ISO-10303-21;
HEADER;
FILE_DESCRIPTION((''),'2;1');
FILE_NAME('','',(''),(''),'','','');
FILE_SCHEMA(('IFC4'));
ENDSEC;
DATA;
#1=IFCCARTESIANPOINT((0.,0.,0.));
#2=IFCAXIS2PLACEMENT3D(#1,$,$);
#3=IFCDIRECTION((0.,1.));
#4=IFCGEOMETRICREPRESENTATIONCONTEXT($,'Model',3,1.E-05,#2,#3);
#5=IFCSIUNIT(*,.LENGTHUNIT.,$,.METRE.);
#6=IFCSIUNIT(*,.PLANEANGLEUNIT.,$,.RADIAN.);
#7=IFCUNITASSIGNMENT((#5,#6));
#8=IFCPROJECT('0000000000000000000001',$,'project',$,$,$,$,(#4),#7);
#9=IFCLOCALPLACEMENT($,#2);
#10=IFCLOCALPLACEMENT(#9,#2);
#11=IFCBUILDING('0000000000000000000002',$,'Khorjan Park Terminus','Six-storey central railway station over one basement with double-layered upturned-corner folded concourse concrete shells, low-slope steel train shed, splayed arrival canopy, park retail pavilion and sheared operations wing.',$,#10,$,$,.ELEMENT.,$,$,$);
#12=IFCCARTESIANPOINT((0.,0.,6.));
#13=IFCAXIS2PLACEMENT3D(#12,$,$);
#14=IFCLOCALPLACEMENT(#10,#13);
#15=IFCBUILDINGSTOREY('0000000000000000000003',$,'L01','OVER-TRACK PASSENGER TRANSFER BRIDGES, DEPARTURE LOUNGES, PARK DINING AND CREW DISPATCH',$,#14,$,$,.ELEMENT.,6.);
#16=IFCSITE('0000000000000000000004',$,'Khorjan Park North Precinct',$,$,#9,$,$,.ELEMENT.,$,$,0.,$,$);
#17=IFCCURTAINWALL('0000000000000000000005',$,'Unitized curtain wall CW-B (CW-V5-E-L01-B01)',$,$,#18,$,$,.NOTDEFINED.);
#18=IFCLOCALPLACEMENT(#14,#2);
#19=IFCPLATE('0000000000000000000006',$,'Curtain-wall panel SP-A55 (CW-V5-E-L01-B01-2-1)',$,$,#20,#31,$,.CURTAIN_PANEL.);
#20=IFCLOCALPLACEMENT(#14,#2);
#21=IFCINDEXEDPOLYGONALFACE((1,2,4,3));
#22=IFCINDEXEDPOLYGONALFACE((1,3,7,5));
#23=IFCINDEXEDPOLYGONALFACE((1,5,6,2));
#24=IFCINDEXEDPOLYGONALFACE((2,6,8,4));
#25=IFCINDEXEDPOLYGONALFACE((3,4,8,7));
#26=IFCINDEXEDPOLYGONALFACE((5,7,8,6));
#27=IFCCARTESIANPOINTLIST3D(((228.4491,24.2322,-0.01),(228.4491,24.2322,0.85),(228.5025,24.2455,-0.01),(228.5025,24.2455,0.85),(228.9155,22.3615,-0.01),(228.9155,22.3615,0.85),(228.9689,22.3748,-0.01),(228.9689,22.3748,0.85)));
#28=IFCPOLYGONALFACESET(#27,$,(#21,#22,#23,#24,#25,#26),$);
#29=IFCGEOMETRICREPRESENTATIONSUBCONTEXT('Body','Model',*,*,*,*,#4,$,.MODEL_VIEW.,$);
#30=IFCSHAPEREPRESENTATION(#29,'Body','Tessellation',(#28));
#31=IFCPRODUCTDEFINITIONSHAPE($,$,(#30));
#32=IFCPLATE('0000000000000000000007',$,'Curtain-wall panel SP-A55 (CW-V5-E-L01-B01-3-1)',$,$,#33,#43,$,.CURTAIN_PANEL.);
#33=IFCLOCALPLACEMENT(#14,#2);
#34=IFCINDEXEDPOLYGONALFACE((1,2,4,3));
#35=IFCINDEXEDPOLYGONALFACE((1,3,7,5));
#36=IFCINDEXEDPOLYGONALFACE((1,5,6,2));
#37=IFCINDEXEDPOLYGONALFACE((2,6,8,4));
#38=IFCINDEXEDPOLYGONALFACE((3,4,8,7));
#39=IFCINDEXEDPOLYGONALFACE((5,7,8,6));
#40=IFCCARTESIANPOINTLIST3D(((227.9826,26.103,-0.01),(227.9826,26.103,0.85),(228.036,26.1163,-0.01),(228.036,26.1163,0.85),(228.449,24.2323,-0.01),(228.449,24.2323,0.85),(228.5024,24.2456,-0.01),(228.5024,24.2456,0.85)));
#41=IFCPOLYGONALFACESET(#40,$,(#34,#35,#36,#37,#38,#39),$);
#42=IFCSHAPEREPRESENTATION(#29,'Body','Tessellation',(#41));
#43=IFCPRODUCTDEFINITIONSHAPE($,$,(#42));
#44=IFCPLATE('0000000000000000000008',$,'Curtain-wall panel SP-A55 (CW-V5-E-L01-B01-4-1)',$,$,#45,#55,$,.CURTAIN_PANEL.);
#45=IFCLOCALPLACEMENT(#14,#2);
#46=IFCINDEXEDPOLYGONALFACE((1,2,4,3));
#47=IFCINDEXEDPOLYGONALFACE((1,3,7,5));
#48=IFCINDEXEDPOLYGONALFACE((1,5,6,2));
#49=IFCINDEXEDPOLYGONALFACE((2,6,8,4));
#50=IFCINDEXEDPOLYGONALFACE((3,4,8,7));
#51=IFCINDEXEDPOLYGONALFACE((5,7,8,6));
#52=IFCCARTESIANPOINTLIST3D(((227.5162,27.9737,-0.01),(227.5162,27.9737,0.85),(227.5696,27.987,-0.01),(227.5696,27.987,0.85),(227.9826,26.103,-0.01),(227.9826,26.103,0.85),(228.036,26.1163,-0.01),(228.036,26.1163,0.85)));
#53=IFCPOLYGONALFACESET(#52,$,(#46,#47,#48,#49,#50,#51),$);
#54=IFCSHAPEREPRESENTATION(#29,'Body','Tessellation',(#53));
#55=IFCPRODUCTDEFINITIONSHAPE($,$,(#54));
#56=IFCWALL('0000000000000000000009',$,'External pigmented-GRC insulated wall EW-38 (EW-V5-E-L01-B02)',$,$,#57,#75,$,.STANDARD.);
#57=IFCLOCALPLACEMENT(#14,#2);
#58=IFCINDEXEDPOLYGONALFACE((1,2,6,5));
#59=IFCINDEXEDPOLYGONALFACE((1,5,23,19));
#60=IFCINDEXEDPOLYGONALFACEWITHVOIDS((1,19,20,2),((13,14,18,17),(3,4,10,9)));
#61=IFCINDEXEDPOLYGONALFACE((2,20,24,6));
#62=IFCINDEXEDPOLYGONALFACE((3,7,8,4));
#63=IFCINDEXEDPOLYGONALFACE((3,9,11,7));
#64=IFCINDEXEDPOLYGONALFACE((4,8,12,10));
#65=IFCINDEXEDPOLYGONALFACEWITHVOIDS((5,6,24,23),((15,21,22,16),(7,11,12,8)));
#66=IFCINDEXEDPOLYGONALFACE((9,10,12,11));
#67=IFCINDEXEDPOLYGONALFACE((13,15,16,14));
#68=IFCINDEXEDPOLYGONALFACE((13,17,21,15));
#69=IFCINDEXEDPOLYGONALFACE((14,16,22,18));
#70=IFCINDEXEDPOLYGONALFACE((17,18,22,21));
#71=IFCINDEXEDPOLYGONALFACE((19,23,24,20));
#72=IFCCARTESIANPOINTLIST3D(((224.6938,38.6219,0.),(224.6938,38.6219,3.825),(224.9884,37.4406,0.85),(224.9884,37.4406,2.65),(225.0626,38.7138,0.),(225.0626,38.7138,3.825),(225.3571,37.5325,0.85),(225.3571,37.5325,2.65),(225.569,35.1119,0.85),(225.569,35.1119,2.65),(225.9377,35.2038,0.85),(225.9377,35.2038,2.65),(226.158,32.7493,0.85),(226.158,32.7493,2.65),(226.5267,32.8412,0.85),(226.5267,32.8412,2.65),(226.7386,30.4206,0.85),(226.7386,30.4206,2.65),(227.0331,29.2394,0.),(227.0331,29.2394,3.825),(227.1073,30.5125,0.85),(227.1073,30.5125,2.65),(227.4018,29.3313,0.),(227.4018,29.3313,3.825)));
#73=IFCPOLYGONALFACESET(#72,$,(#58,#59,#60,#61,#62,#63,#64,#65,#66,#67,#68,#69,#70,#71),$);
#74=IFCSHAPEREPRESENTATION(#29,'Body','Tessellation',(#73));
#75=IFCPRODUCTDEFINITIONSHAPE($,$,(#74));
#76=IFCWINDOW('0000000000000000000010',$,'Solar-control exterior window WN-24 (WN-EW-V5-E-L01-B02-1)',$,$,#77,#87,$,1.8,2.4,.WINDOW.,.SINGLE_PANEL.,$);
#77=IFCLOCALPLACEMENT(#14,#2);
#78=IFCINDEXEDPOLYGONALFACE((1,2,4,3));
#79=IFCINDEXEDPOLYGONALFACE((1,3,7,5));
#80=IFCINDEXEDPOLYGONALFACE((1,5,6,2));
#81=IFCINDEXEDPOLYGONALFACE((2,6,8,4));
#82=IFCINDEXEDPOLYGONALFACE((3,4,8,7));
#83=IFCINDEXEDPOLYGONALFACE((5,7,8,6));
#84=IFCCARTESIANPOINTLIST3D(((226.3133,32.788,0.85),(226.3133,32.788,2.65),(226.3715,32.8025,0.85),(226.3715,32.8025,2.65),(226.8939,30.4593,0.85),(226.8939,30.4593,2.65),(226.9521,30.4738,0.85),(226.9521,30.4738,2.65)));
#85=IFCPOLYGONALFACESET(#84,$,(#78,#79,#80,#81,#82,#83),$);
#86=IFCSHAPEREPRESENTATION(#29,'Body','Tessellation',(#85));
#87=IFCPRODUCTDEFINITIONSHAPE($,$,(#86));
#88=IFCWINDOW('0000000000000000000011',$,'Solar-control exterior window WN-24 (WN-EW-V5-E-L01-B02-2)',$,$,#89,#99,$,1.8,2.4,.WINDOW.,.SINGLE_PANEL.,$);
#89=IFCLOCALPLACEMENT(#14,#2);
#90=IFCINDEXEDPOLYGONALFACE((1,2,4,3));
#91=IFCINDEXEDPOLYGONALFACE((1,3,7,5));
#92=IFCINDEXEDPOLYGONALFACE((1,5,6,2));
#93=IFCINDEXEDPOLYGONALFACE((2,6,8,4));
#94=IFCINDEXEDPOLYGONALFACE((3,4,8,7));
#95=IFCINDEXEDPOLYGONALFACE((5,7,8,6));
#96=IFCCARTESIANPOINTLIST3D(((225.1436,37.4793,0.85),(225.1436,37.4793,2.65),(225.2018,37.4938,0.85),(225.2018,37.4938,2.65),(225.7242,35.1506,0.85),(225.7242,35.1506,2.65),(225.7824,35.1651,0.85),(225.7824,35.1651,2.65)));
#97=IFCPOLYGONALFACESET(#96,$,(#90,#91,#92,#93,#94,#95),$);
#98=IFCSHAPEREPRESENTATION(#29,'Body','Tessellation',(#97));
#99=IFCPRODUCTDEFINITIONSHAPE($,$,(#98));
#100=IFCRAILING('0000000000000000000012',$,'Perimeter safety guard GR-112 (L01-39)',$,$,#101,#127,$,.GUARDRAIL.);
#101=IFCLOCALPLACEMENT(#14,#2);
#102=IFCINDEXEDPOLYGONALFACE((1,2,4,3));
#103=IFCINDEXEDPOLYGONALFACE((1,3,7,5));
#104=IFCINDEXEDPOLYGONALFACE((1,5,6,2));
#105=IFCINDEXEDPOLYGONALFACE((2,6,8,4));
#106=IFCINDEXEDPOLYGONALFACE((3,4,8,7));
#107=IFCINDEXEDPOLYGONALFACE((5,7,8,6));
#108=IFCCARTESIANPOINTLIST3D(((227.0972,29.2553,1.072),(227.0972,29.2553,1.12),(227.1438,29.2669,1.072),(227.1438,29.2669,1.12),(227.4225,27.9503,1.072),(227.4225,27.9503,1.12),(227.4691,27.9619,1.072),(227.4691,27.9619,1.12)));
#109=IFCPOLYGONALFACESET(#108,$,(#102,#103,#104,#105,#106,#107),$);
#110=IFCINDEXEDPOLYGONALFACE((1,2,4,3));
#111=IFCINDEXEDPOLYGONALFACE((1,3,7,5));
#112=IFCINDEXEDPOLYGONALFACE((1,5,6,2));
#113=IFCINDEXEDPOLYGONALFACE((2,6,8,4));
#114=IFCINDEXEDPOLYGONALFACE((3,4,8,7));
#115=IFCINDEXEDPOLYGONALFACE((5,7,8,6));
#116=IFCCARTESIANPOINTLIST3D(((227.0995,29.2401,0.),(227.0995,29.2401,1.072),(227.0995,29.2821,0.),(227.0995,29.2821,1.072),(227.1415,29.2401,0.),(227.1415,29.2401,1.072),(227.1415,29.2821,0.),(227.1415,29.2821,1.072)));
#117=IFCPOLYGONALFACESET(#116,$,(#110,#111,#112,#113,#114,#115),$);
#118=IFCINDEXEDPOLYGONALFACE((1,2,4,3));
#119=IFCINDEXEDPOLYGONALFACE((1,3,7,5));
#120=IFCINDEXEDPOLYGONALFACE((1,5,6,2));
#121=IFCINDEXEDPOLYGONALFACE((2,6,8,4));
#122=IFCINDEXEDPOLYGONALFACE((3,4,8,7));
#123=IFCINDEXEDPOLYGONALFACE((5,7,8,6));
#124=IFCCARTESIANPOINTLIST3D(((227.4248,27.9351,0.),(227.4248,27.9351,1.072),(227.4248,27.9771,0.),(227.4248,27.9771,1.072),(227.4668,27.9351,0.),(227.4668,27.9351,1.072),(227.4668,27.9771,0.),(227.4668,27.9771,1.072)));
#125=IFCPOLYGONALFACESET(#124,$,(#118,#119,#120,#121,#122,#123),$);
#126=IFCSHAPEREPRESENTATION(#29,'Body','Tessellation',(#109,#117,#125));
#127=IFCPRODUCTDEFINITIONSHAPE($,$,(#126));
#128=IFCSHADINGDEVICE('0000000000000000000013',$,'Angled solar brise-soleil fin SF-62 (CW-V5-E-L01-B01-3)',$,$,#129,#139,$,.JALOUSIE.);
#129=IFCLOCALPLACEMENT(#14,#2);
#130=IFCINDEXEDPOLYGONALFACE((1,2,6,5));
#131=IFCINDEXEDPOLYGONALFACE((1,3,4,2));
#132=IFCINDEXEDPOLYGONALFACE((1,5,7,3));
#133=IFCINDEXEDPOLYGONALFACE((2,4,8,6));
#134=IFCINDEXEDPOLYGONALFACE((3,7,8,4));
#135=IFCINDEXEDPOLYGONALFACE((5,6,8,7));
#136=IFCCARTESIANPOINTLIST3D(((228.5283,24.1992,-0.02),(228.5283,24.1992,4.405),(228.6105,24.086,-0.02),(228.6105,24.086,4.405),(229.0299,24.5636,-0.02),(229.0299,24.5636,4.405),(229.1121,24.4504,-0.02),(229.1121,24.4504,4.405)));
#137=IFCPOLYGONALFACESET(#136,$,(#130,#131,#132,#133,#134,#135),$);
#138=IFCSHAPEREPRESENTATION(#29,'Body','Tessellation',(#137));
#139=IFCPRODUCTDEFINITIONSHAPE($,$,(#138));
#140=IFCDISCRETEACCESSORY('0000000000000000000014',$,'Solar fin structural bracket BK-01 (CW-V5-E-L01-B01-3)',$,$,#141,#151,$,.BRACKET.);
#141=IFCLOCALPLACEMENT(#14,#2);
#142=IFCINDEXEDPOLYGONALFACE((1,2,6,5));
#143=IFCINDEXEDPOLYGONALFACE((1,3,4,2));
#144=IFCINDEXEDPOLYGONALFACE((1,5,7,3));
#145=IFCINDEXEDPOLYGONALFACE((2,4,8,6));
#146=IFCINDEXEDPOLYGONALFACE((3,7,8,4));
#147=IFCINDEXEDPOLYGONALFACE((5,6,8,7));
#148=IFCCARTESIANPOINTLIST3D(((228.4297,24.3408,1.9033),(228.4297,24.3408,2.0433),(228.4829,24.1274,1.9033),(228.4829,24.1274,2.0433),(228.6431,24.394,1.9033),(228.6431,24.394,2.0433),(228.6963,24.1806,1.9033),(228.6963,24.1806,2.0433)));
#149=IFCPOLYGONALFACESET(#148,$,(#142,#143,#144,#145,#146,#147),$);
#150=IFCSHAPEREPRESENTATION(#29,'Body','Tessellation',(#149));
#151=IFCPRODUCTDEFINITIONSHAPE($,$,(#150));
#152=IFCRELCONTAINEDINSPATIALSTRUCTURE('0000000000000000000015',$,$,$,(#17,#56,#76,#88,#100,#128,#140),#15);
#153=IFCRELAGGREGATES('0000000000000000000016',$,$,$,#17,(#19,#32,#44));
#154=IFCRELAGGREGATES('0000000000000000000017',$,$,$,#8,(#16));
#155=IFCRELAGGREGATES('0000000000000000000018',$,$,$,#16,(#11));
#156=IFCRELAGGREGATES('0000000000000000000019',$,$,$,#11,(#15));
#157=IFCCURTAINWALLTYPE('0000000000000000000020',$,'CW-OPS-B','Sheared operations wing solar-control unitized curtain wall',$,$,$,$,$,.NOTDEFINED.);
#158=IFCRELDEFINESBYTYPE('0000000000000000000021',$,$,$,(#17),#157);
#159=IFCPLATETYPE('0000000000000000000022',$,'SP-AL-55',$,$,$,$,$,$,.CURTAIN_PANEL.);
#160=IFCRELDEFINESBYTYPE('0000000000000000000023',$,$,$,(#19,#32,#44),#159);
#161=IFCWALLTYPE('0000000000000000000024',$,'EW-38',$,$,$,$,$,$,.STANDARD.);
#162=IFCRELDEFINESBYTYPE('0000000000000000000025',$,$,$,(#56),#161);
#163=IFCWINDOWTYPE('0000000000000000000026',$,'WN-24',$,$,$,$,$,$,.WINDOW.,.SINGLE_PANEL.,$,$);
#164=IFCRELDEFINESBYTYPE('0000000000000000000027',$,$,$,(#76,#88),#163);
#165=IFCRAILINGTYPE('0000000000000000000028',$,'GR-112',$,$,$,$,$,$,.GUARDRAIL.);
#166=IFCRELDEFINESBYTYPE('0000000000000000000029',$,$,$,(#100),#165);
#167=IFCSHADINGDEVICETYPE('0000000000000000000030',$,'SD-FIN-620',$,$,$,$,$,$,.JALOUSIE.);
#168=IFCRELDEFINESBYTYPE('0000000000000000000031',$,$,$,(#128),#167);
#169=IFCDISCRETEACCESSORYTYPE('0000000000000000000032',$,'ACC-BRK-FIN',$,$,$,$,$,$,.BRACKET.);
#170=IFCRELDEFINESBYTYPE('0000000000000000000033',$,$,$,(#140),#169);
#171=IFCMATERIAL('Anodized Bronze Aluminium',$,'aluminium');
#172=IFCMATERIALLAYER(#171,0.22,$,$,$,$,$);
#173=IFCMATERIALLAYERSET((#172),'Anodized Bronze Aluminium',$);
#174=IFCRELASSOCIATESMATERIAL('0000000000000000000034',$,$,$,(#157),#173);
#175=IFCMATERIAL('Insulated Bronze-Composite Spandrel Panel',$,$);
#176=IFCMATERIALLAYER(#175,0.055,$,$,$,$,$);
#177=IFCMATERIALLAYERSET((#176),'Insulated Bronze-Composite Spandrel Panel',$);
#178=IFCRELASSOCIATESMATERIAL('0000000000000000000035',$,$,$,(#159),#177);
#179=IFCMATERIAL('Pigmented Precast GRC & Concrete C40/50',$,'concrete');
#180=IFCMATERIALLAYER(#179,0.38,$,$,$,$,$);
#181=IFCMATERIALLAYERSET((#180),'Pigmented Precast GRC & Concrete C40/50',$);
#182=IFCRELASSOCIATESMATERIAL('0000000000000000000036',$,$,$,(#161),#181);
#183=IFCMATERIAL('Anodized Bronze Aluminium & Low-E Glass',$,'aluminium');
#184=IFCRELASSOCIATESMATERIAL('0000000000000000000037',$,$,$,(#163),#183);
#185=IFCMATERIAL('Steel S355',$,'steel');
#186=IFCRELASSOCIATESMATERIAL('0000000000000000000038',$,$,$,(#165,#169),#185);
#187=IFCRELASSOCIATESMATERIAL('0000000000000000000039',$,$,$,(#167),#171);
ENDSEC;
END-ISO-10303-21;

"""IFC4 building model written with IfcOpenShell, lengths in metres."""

from ifc_helpers import new_model, si_unit, direction, frame, frame_2d, origin, origin_2d, place, context, subcontext, project, spatial, rectangle, extrude, material, layer, layer_set, type_object, element, fill, aggregate, save


model = new_model("IFC4")

# Units and contexts
model_context = context("Model", 3, precision=1e-05, world=origin(), true_north=direction((0.0, 1.0)))
body_context = subcontext(model_context, "Body", "Model", "MODEL_VIEW")
ifc_project = project(units=[si_unit("LENGTHUNIT", "METRE"), si_unit("PLANEANGLEUNIT", "RADIAN")], contexts=[model_context])

# Site, building, storey
site_placement = place(None, origin())
site = spatial("IfcSite", under=ifc_project, at=site_placement, Name="Khorjan Park North Precinct", CompositionType="ELEMENT", RefElevation=0.0)
building_placement = place(site_placement, origin())
building = spatial("IfcBuilding", under=site, at=building_placement, Name="Khorjan Park Terminus", Description="Six-storey central railway station over one basement with double-layered upturned-corner folded concourse concrete shells, low-slope steel train shed, splayed arrival canopy, park retail pavilion and sheared operations wing.", CompositionType="ELEMENT")
storey_placement = place(building_placement, frame((0.0, 0.0, 6.0)))
storey = spatial("IfcBuildingStorey", under=building, at=storey_placement, Name="L01", Description="OVER-TRACK PASSENGER TRANSFER BRIDGES, DEPARTURE LOUNGES, PARK DINING AND CREW DISPATCH", CompositionType="ELEMENT", Elevation=6.0)

# Shared definitions
ifc_material_1 = material(Name="Steel S355", Category="steel")

# Curtain wall, plates
ifc_material_2 = material(Name="Anodized Bronze Aluminium", Category="aluminium")
ifc_layer_1 = layer(ifc_material_2, 0.22)
ifc_layer_set_1 = layer_set([ifc_layer_1], Name="Anodized Bronze Aluminium")
curtain_wall_type = type_object("IfcCurtainWallType", Name="CW-OPS-B", Description="Sheared operations wing solar-control unitized curtain wall", PredefinedType="NOTDEFINED", material=ifc_layer_set_1)
curtain_wall_placement = place(storey_placement, origin())
curtain_wall = element("IfcCurtainWall", 1, at=curtain_wall_placement, inside=storey, type_object=curtain_wall_type, Name="Unitized curtain wall CW-B (CW-V5-E-L01-B01)", PredefinedType="NOTDEFINED")
ifc_material_3 = material(Name="Insulated Bronze-Composite Spandrel Panel")
ifc_layer_2 = layer(ifc_material_3, 0.055)
ifc_layer_set_2 = layer_set([ifc_layer_2], Name="Insulated Bronze-Composite Spandrel Panel")
plate_type_1 = type_object("IfcPlateType", Name="SP-AL-55", PredefinedType="CURTAIN_PANEL", material=ifc_layer_set_2)
plate_1_placement = place(storey_placement, frame((228.709, 23.3035, -0.01), z_axis=(0.0, 0.0, 1.0), x_axis=(-0.24192, 0.970296, 0.0)))
plate_1 = element("IfcPlate", 2, at=plate_1_placement, type_object=plate_type_1, Name="Curtain-wall panel SP-A55 (CW-V5-E-L01-B01-2-1)", PredefinedType="CURTAIN_PANEL", context=body_context, shape_type="SweptSolid", body=[
    extrude(rectangle(XDim=1.928, YDim=0.055, at=origin_2d()), origin(), (0.0, 0.0, 1.0), 0.86),
])
plate_2_placement = place(storey_placement, frame((228.2425, 25.1743, -0.01), z_axis=(0.0, 0.0, 1.0), x_axis=(-0.24192, 0.970296, 0.0)))
plate_2 = element("IfcPlate", 3, at=plate_2_placement, type_object=plate_type_1, Name="Curtain-wall panel SP-A55 (CW-V5-E-L01-B01-3-1)", PredefinedType="CURTAIN_PANEL", context=body_context, shape_type="SweptSolid", body=[
    extrude(rectangle(XDim=1.928, YDim=0.055, at=origin_2d()), origin(), (0.0, 0.0, 1.0), 0.86),
])
plate_3_placement = place(storey_placement, frame((227.7761, 27.045, -0.01), z_axis=(0.0, 0.0, 1.0), x_axis=(-0.24192, 0.970296, 0.0)))
plate_3 = element("IfcPlate", 4, at=plate_3_placement, type_object=plate_type_1, Name="Curtain-wall panel SP-A55 (CW-V5-E-L01-B01-4-1)", PredefinedType="CURTAIN_PANEL", context=body_context, shape_type="SweptSolid", body=[
    extrude(rectangle(XDim=1.928, YDim=0.055, at=origin_2d()), origin(), (0.0, 0.0, 1.0), 0.86),
])
aggregate(curtain_wall, [plate_1, plate_2, plate_3])

# Wall, openings, windows
ifc_material_4 = material(Name="Pigmented Precast GRC & Concrete C40/50", Category="concrete")
ifc_layer_3 = layer(ifc_material_4, 0.38)
ifc_layer_set_3 = layer_set([ifc_layer_3], Name="Pigmented Precast GRC & Concrete C40/50")
wall_type = type_object("IfcWallType", Name="EW-38", PredefinedType="STANDARD", material=ifc_layer_set_3)
wall_placement = place(storey_placement, frame((227.2175, 29.2853, 0.0), z_axis=(0.0, 0.0, 1.0), x_axis=(-0.24192, 0.970296, 0.0)))
wall = element("IfcWall", 5, at=wall_placement, inside=storey, type_object=wall_type, Name="External pigmented-GRC insulated wall EW-38 (EW-V5-E-L01-B02)", PredefinedType="STANDARD", context=body_context, shape_type="SweptSolid", body=[
    extrude(rectangle(XDim=9.6697, YDim=0.38, at=frame_2d((4.8349, 0.0))), origin(), (0.0, 0.0, 1.0), 3.825),
])
opening_1_placement = place(wall_placement, frame((1.2174, 0.0, 0.85)))
opening_1 = element("IfcOpeningElement", 6, at=opening_1_placement, cuts=wall, PredefinedType="OPENING", context=body_context, shape_type="SweptSolid", body=[
    extrude(rectangle(XDim=2.4, YDim=1.8, at=frame_2d((1.2, 0.9))), frame((0.0, 0.2, 0.0), z_axis=(0.0, -1.0, 0.0), x_axis=(1.0, 0.0, 0.0)), (0.0, 0.0, 1.0), 0.4),
])
opening_2_placement = place(wall_placement, frame((6.0523, 0.0, 0.85)))
opening_2 = element("IfcOpeningElement", 7, at=opening_2_placement, cuts=wall, PredefinedType="OPENING", context=body_context, shape_type="SweptSolid", body=[
    extrude(rectangle(XDim=2.4, YDim=1.8, at=frame_2d((1.2, 0.9))), frame((0.0, 0.2, 0.0), z_axis=(0.0, -1.0, 0.0), x_axis=(1.0, 0.0, 0.0)), (0.0, 0.0, 1.0), 0.4),
])
ifc_material_5 = material(Name="Anodized Bronze Aluminium & Low-E Glass", Category="aluminium")
window_type = type_object("IfcWindowType", Name="WN-24", PartitioningType="SINGLE_PANEL", PredefinedType="WINDOW", material=ifc_material_5)
window_1_placement = place(opening_1_placement, origin())
window_1 = element("IfcWindow", 8, at=window_1_placement, inside=storey, type_object=window_type, Name="Solar-control exterior window WN-24 (WN-EW-V5-E-L01-B02-1)", OverallHeight=1.8, OverallWidth=2.4, PartitioningType="SINGLE_PANEL", PredefinedType="WINDOW", context=body_context, shape_type="SweptSolid", body=[
    extrude(rectangle(XDim=2.4, YDim=1.8, at=frame_2d((1.2, 0.9))), frame((0.0, 0.03, 0.0), z_axis=(0.0, -1.0, 0.0), x_axis=(1.0, 0.0, 0.0)), (0.0, 0.0, 1.0), 0.06),
])
fill(opening_1, window_1)
window_2_placement = place(opening_2_placement, origin())
window_2 = element("IfcWindow", 9, at=window_2_placement, inside=storey, type_object=window_type, Name="Solar-control exterior window WN-24 (WN-EW-V5-E-L01-B02-2)", OverallHeight=1.8, OverallWidth=2.4, PartitioningType="SINGLE_PANEL", PredefinedType="WINDOW", context=body_context, shape_type="SweptSolid", body=[
    extrude(rectangle(XDim=2.4, YDim=1.8, at=frame_2d((1.2, 0.9))), frame((0.0, 0.03, 0.0), z_axis=(0.0, -1.0, 0.0), x_axis=(1.0, 0.0, 0.0)), (0.0, 0.0, 1.0), 0.06),
])
fill(opening_2, window_2)

# Railing
railing_type = type_object("IfcRailingType", Name="GR-112", PredefinedType="GUARDRAIL", material=ifc_material_1)
railing_placement = place(storey_placement, frame((227.1205, 29.2611, 0.0)))
element("IfcRailing", 10, at=railing_placement, inside=storey, type_object=railing_type, Name="Perimeter safety guard GR-112 (L01-39)", PredefinedType="GUARDRAIL", context=body_context, shape_type="SweptSolid", body=[
    extrude(rectangle(XDim=0.048, YDim=0.048, at=origin_2d()), frame((0.0, 0.0, 1.096), z_axis=(0.241871, -0.970308, 0.0), x_axis=(0.970308, 0.241871, 0.0)), (0.0, 0.0, 1.0), 1.3449),
    extrude(rectangle(XDim=0.042, YDim=0.042, at=origin_2d()), origin(), (0.0, 0.0, 1.0), 1.072),
    extrude(rectangle(XDim=0.042, YDim=0.042, at=origin_2d()), frame((0.3253, -1.305, 0.0)), (0.0, 0.0, 1.0), 1.072),
])

# Shading device
shading_device_type = type_object("IfcShadingDeviceType", Name="SD-FIN-620", PredefinedType="JALOUSIE", material=ifc_material_2)
shading_device_placement = place(storey_placement, frame((228.8202, 24.3248, -0.02), z_axis=(0.0, 0.0, 1.0), x_axis=(-0.809017, -0.587785, 0.0)))
element("IfcShadingDevice", 11, at=shading_device_placement, inside=storey, type_object=shading_device_type, Name="Angled solar brise-soleil fin SF-62 (CW-V5-E-L01-B01-3)", PredefinedType="JALOUSIE", context=body_context, shape_type="SweptSolid", body=[
    extrude(rectangle(XDim=0.62, YDim=0.14, at=origin_2d()), origin(), (0.0, 0.0, 1.0), 4.425),
])

# Discrete accessory
discrete_accessory_type = type_object("IfcDiscreteAccessoryType", Name="ACC-BRK-FIN", PredefinedType="BRACKET", material=ifc_material_1)
discrete_accessory_placement = place(storey_placement, frame((228.563, 24.2607, 1.9033), z_axis=(0.0, 0.0, 1.0), x_axis=(-0.24192, 0.970296, 0.0)))
element("IfcDiscreteAccessory", 12, at=discrete_accessory_placement, inside=storey, type_object=discrete_accessory_type, Name="Solar fin structural bracket BK-01 (CW-V5-E-L01-B01-3)", PredefinedType="BRACKET", context=body_context, shape_type="SweptSolid", body=[
    extrude(rectangle(XDim=0.22, YDim=0.22, at=origin_2d()), origin(), (0.0, 0.0, 1.0), 0.14),
])

save(model, "model.ifc")
